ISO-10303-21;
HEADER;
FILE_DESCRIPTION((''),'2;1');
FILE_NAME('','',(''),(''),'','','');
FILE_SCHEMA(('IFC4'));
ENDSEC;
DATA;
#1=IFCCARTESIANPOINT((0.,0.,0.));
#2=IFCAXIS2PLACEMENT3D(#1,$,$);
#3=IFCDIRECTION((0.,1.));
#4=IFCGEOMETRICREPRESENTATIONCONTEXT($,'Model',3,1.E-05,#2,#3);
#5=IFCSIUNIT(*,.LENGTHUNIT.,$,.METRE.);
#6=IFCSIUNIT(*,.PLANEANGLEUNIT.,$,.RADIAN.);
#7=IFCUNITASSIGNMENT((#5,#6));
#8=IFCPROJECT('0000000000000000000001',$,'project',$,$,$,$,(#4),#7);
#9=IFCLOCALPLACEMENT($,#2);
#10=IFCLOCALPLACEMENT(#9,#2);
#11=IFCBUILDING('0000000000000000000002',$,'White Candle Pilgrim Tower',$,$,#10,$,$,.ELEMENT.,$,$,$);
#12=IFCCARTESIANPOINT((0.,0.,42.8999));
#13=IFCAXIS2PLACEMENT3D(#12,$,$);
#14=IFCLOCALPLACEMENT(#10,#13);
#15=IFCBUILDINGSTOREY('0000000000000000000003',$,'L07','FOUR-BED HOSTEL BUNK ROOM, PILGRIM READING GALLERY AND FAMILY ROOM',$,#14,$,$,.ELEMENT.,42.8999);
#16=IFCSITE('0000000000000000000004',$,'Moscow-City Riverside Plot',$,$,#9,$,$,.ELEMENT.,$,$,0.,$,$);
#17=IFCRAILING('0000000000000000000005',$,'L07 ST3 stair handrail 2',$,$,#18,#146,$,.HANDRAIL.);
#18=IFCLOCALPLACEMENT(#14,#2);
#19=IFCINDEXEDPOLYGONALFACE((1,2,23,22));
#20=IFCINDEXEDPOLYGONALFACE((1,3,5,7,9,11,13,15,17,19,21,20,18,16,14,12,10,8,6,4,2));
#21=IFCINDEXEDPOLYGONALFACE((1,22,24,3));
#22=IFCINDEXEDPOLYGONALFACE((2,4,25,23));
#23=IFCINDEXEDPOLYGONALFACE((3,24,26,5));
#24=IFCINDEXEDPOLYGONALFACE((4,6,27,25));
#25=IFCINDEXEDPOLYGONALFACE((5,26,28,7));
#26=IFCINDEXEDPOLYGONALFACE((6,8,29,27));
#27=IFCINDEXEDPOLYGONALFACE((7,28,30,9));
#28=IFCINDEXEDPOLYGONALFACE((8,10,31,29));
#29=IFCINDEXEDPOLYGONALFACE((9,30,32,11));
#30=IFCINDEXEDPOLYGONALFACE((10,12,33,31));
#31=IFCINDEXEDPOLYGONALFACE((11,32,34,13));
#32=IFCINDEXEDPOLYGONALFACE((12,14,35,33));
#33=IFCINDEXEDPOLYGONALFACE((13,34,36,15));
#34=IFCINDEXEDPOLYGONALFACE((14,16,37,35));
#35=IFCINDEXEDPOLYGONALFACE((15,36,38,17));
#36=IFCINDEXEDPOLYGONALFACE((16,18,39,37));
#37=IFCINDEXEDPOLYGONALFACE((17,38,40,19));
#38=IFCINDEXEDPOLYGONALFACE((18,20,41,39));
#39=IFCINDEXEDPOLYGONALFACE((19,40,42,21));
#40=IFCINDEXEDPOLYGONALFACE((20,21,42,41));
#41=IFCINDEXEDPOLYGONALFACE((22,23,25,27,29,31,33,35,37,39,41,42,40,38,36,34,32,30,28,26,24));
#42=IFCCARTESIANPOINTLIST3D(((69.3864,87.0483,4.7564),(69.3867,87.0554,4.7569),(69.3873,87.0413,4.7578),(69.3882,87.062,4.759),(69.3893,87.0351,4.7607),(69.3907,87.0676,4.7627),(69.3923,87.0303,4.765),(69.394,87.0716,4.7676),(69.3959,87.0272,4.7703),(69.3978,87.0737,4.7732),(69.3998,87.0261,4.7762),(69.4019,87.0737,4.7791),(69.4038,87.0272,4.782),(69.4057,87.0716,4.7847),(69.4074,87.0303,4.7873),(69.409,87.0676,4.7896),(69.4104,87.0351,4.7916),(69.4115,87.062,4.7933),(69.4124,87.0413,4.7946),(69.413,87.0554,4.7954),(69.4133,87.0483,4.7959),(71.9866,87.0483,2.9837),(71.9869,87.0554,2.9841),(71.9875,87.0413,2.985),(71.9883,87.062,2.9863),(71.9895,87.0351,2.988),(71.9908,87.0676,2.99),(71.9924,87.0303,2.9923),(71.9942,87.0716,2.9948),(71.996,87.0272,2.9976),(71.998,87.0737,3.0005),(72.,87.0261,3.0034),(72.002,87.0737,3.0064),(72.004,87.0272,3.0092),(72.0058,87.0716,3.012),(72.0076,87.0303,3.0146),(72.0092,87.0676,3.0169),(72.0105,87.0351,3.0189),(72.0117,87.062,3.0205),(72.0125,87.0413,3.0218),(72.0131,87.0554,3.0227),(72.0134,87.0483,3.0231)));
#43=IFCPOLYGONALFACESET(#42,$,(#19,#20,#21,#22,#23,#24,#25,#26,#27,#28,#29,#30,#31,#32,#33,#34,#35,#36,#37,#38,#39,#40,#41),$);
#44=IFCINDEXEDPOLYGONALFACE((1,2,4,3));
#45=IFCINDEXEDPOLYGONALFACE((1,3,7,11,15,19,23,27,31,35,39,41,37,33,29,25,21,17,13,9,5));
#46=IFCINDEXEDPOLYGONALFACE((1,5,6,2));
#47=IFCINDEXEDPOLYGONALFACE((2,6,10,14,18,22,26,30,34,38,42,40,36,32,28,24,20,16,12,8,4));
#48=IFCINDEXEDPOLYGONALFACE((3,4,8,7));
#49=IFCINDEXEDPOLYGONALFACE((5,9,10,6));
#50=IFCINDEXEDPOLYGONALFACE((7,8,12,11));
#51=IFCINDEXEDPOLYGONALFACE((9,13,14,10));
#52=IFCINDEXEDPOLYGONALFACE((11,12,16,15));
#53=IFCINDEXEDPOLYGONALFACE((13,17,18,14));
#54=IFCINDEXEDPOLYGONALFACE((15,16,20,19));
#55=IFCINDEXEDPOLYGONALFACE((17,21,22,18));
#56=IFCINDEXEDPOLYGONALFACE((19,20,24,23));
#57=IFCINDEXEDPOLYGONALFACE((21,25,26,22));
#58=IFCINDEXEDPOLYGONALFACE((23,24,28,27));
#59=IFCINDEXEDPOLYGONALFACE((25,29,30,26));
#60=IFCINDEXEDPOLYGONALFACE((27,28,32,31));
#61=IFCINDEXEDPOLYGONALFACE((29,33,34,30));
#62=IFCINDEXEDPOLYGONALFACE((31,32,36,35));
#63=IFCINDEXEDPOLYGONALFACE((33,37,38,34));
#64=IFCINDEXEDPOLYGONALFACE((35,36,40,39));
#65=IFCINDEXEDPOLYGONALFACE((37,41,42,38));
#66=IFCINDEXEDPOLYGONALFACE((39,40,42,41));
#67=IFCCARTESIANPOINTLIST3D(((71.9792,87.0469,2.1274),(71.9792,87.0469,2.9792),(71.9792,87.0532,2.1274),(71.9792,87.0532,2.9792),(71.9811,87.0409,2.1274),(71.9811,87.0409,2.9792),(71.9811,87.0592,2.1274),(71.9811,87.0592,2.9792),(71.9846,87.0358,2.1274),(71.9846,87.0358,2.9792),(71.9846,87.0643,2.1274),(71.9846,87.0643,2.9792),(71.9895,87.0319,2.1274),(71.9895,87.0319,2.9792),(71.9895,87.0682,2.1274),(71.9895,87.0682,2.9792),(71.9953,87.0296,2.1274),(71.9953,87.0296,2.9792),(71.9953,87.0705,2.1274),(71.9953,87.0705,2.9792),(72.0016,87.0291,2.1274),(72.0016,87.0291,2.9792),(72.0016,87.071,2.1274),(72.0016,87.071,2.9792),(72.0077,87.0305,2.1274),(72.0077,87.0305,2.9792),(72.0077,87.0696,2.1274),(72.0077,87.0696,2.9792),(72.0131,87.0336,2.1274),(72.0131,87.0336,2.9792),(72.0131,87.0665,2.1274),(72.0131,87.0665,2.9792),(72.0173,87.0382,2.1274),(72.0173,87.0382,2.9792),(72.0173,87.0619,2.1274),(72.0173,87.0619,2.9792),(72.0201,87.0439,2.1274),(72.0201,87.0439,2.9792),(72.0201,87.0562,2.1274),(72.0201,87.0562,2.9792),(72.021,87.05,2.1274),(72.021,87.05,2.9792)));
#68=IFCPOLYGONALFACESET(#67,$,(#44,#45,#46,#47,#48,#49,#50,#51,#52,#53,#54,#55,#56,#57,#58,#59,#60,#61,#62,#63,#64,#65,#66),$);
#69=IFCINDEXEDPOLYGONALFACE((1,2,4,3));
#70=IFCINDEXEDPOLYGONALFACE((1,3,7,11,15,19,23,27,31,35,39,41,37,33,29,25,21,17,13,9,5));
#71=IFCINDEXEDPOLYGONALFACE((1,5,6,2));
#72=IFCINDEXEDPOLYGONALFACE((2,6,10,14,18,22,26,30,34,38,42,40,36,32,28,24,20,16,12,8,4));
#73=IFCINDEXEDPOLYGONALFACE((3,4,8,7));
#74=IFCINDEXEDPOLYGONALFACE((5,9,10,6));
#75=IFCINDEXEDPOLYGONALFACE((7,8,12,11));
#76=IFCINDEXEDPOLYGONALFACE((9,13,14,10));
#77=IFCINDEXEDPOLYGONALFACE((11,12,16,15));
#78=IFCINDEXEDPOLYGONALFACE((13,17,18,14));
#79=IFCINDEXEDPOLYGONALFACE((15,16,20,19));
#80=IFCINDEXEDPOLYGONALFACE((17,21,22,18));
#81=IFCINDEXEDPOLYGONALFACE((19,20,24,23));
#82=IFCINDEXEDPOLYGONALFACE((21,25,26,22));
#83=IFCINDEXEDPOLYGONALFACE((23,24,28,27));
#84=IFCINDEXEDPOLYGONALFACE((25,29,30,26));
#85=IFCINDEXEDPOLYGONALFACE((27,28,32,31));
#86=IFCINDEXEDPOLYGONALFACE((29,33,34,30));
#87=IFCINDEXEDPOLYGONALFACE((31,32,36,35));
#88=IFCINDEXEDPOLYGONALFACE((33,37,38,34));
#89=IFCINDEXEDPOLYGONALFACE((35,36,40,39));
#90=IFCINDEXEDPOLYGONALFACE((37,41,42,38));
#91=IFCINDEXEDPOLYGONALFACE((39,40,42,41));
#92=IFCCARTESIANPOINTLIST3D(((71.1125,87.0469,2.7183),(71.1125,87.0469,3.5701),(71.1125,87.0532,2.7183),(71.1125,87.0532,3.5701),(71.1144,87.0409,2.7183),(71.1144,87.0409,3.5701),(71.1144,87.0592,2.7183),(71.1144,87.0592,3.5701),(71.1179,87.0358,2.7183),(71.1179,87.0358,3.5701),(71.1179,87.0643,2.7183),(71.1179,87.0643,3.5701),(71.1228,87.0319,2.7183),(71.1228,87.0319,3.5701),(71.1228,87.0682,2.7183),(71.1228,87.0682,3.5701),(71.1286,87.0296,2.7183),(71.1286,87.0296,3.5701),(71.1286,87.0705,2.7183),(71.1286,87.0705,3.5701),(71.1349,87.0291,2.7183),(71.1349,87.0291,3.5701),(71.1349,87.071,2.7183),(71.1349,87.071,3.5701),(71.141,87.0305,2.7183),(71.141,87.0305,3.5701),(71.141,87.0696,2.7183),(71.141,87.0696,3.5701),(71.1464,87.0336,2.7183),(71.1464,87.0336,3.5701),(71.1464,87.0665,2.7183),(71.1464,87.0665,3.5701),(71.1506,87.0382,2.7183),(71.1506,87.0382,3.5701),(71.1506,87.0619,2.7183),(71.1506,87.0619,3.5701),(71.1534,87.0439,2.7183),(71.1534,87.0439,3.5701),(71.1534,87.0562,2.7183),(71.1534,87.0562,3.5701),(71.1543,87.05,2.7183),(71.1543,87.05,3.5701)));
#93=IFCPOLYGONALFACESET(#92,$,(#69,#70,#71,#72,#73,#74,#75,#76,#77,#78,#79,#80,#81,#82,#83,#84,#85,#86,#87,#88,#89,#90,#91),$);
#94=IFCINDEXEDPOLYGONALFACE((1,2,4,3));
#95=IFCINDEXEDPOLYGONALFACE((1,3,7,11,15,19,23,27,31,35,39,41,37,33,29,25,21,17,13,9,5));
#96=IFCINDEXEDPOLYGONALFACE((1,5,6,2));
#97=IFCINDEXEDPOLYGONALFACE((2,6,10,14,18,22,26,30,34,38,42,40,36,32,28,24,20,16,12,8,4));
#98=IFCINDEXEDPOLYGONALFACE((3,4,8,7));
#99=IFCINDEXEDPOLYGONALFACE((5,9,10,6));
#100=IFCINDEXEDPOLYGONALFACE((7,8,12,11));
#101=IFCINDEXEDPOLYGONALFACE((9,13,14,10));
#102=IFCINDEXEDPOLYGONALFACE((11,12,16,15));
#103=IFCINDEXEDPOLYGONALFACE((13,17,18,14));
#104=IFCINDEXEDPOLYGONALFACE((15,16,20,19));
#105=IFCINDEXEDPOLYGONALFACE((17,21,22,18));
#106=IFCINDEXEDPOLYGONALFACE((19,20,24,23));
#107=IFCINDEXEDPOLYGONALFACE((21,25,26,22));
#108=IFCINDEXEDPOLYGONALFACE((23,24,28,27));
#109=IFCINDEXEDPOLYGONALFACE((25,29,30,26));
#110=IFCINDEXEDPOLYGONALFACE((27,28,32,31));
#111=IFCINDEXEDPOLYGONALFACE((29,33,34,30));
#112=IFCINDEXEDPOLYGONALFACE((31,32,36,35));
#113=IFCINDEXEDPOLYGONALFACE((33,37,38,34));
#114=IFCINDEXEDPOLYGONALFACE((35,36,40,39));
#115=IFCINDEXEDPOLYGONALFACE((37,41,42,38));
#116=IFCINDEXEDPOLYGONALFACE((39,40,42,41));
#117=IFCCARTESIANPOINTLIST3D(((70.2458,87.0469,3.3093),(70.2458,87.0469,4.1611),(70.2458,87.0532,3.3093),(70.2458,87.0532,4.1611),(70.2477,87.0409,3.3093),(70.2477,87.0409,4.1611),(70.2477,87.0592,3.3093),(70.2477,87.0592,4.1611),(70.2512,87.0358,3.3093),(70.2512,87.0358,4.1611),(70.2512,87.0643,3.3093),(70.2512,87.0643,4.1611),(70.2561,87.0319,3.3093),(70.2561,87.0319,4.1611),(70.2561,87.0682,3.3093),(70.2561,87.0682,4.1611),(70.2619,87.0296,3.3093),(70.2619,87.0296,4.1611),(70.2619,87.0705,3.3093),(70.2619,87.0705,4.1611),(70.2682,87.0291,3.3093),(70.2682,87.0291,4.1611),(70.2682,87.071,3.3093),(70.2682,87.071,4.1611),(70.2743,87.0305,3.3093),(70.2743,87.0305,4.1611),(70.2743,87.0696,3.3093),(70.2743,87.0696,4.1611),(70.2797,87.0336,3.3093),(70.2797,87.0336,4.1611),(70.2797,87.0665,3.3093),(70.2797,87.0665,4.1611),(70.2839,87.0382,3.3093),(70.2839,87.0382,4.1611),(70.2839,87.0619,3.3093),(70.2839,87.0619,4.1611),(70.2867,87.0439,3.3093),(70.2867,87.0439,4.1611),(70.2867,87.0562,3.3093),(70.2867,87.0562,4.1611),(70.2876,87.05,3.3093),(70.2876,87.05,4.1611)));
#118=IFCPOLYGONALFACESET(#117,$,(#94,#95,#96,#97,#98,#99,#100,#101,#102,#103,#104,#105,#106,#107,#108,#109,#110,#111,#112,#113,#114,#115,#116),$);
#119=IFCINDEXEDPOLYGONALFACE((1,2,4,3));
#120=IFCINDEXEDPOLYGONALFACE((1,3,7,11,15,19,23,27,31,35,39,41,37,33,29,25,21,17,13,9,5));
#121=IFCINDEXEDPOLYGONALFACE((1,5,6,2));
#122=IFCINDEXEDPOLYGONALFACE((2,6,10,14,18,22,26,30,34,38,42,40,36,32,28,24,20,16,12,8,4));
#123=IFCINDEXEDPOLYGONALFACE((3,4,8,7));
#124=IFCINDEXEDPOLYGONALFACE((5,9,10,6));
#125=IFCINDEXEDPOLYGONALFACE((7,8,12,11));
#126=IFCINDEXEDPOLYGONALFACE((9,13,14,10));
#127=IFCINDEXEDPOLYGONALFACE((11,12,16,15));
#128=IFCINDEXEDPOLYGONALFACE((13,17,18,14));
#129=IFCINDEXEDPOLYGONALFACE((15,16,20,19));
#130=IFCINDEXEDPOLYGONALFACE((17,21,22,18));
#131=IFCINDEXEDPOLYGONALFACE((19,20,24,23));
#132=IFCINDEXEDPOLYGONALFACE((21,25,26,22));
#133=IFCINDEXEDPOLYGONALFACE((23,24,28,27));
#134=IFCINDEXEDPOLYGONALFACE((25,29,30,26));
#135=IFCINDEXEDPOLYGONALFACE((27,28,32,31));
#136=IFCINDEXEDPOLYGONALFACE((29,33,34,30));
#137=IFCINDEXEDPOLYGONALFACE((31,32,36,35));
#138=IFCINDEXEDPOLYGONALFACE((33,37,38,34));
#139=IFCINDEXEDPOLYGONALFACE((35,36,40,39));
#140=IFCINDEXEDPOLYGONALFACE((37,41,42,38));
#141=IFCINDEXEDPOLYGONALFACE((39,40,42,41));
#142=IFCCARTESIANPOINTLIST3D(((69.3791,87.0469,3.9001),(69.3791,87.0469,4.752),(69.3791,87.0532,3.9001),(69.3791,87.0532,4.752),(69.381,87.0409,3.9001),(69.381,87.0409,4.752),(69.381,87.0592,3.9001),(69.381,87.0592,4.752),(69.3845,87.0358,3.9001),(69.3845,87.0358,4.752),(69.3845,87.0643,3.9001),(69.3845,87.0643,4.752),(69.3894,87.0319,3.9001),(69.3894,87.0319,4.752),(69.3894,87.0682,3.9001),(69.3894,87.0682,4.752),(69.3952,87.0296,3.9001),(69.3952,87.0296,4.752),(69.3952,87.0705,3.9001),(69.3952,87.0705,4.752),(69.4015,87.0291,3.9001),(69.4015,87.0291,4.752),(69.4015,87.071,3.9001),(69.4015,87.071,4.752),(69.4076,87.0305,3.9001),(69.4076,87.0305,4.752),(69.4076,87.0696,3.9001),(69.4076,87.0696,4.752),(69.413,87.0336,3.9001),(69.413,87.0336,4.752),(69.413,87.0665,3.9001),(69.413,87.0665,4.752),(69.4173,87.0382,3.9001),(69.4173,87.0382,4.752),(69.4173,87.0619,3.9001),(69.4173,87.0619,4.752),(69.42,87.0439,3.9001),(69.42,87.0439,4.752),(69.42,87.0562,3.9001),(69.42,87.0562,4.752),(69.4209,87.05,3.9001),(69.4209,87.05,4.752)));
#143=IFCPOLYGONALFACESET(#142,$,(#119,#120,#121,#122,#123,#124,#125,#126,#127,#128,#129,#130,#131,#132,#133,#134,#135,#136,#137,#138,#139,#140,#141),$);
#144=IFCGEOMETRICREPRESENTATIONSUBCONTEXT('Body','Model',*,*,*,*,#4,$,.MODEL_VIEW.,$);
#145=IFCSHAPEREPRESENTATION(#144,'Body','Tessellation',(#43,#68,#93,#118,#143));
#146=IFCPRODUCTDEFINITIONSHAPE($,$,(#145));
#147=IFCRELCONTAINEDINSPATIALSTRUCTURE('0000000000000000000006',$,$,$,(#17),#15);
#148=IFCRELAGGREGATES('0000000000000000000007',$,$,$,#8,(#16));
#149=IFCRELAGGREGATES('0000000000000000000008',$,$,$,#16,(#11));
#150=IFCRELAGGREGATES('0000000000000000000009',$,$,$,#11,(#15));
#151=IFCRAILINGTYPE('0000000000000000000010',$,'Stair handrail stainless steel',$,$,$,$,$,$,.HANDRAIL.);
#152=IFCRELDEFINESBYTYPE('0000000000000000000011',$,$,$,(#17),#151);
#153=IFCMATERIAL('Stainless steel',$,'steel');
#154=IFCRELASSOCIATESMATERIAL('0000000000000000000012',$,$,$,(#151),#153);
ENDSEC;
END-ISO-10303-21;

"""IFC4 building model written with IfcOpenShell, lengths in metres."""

from ifc_helpers import new_model, si_unit, direction, frame, origin, origin_2d, place, context, subcontext, project, spatial, circle, extrude, material, type_object, element, save


model = new_model("IFC4")

# Units and contexts
model_context = context("Model", 3, precision=1e-05, world=origin(), true_north=direction((0.0, 1.0)))
body_context = subcontext(model_context, "Body", "Model", "MODEL_VIEW")
ifc_project = project(units=[si_unit("LENGTHUNIT", "METRE"), si_unit("PLANEANGLEUNIT", "RADIAN")], contexts=[model_context])

# Site, building, storey
site_placement = place(None, origin())
site = spatial("IfcSite", under=ifc_project, at=site_placement, Name="Moscow-City Riverside Plot", CompositionType="ELEMENT", RefElevation=0.0)
building_placement = place(site_placement, origin())
building = spatial("IfcBuilding", under=site, at=building_placement, Name="White Candle Pilgrim Tower", CompositionType="ELEMENT")
storey_placement = place(building_placement, frame((0.0, 0.0, 42.8999)))
storey = spatial("IfcBuildingStorey", under=building, at=storey_placement, Name="L07", Description="FOUR-BED HOSTEL BUNK ROOM, PILGRIM READING GALLERY AND FAMILY ROOM", CompositionType="ELEMENT", Elevation=42.8999)

# Railing
ifc_material_1 = material(Name="Stainless steel", Category="steel")
railing_type_1 = type_object("IfcRailingType", Name="Stair handrail stainless steel", PredefinedType="HANDRAIL", material=ifc_material_1)
railing_1_placement = place(storey_placement, frame((72.0, 87.05, 2.1274)))
element("IfcRailing", 1, at=railing_1_placement, inside=storey, type_object=railing_type_1, Name="L07 ST3 stair handrail 2", PredefinedType="HANDRAIL", context=body_context, shape_type="SweptSolid", body=[
    extrude(circle(Radius=0.0239, at=origin_2d()), frame((0.0, 0.0, 0.876), z_axis=(-0.82624, 0.0, 0.563318), x_axis=(0.0, -1.0, 0.0)), (0.0, 0.0, 1.0), 3.147),
    extrude(circle(Radius=0.021, at=origin_2d()), origin(), (0.0, 0.0, 1.0), 0.8518),
    extrude(circle(Radius=0.021, at=origin_2d()), frame((-0.8667, 0.0, 0.5908)), (0.0, 0.0, 1.0), 0.8518),
    extrude(circle(Radius=0.021, at=origin_2d()), frame((-1.7334, 0.0, 1.1819)), (0.0, 0.0, 1.0), 0.8518),
    extrude(circle(Radius=0.021, at=origin_2d()), frame((-2.6001, 0.0, 1.7727)), (0.0, 0.0, 1.0), 0.8518),
])

save(model, "model.ifc")
